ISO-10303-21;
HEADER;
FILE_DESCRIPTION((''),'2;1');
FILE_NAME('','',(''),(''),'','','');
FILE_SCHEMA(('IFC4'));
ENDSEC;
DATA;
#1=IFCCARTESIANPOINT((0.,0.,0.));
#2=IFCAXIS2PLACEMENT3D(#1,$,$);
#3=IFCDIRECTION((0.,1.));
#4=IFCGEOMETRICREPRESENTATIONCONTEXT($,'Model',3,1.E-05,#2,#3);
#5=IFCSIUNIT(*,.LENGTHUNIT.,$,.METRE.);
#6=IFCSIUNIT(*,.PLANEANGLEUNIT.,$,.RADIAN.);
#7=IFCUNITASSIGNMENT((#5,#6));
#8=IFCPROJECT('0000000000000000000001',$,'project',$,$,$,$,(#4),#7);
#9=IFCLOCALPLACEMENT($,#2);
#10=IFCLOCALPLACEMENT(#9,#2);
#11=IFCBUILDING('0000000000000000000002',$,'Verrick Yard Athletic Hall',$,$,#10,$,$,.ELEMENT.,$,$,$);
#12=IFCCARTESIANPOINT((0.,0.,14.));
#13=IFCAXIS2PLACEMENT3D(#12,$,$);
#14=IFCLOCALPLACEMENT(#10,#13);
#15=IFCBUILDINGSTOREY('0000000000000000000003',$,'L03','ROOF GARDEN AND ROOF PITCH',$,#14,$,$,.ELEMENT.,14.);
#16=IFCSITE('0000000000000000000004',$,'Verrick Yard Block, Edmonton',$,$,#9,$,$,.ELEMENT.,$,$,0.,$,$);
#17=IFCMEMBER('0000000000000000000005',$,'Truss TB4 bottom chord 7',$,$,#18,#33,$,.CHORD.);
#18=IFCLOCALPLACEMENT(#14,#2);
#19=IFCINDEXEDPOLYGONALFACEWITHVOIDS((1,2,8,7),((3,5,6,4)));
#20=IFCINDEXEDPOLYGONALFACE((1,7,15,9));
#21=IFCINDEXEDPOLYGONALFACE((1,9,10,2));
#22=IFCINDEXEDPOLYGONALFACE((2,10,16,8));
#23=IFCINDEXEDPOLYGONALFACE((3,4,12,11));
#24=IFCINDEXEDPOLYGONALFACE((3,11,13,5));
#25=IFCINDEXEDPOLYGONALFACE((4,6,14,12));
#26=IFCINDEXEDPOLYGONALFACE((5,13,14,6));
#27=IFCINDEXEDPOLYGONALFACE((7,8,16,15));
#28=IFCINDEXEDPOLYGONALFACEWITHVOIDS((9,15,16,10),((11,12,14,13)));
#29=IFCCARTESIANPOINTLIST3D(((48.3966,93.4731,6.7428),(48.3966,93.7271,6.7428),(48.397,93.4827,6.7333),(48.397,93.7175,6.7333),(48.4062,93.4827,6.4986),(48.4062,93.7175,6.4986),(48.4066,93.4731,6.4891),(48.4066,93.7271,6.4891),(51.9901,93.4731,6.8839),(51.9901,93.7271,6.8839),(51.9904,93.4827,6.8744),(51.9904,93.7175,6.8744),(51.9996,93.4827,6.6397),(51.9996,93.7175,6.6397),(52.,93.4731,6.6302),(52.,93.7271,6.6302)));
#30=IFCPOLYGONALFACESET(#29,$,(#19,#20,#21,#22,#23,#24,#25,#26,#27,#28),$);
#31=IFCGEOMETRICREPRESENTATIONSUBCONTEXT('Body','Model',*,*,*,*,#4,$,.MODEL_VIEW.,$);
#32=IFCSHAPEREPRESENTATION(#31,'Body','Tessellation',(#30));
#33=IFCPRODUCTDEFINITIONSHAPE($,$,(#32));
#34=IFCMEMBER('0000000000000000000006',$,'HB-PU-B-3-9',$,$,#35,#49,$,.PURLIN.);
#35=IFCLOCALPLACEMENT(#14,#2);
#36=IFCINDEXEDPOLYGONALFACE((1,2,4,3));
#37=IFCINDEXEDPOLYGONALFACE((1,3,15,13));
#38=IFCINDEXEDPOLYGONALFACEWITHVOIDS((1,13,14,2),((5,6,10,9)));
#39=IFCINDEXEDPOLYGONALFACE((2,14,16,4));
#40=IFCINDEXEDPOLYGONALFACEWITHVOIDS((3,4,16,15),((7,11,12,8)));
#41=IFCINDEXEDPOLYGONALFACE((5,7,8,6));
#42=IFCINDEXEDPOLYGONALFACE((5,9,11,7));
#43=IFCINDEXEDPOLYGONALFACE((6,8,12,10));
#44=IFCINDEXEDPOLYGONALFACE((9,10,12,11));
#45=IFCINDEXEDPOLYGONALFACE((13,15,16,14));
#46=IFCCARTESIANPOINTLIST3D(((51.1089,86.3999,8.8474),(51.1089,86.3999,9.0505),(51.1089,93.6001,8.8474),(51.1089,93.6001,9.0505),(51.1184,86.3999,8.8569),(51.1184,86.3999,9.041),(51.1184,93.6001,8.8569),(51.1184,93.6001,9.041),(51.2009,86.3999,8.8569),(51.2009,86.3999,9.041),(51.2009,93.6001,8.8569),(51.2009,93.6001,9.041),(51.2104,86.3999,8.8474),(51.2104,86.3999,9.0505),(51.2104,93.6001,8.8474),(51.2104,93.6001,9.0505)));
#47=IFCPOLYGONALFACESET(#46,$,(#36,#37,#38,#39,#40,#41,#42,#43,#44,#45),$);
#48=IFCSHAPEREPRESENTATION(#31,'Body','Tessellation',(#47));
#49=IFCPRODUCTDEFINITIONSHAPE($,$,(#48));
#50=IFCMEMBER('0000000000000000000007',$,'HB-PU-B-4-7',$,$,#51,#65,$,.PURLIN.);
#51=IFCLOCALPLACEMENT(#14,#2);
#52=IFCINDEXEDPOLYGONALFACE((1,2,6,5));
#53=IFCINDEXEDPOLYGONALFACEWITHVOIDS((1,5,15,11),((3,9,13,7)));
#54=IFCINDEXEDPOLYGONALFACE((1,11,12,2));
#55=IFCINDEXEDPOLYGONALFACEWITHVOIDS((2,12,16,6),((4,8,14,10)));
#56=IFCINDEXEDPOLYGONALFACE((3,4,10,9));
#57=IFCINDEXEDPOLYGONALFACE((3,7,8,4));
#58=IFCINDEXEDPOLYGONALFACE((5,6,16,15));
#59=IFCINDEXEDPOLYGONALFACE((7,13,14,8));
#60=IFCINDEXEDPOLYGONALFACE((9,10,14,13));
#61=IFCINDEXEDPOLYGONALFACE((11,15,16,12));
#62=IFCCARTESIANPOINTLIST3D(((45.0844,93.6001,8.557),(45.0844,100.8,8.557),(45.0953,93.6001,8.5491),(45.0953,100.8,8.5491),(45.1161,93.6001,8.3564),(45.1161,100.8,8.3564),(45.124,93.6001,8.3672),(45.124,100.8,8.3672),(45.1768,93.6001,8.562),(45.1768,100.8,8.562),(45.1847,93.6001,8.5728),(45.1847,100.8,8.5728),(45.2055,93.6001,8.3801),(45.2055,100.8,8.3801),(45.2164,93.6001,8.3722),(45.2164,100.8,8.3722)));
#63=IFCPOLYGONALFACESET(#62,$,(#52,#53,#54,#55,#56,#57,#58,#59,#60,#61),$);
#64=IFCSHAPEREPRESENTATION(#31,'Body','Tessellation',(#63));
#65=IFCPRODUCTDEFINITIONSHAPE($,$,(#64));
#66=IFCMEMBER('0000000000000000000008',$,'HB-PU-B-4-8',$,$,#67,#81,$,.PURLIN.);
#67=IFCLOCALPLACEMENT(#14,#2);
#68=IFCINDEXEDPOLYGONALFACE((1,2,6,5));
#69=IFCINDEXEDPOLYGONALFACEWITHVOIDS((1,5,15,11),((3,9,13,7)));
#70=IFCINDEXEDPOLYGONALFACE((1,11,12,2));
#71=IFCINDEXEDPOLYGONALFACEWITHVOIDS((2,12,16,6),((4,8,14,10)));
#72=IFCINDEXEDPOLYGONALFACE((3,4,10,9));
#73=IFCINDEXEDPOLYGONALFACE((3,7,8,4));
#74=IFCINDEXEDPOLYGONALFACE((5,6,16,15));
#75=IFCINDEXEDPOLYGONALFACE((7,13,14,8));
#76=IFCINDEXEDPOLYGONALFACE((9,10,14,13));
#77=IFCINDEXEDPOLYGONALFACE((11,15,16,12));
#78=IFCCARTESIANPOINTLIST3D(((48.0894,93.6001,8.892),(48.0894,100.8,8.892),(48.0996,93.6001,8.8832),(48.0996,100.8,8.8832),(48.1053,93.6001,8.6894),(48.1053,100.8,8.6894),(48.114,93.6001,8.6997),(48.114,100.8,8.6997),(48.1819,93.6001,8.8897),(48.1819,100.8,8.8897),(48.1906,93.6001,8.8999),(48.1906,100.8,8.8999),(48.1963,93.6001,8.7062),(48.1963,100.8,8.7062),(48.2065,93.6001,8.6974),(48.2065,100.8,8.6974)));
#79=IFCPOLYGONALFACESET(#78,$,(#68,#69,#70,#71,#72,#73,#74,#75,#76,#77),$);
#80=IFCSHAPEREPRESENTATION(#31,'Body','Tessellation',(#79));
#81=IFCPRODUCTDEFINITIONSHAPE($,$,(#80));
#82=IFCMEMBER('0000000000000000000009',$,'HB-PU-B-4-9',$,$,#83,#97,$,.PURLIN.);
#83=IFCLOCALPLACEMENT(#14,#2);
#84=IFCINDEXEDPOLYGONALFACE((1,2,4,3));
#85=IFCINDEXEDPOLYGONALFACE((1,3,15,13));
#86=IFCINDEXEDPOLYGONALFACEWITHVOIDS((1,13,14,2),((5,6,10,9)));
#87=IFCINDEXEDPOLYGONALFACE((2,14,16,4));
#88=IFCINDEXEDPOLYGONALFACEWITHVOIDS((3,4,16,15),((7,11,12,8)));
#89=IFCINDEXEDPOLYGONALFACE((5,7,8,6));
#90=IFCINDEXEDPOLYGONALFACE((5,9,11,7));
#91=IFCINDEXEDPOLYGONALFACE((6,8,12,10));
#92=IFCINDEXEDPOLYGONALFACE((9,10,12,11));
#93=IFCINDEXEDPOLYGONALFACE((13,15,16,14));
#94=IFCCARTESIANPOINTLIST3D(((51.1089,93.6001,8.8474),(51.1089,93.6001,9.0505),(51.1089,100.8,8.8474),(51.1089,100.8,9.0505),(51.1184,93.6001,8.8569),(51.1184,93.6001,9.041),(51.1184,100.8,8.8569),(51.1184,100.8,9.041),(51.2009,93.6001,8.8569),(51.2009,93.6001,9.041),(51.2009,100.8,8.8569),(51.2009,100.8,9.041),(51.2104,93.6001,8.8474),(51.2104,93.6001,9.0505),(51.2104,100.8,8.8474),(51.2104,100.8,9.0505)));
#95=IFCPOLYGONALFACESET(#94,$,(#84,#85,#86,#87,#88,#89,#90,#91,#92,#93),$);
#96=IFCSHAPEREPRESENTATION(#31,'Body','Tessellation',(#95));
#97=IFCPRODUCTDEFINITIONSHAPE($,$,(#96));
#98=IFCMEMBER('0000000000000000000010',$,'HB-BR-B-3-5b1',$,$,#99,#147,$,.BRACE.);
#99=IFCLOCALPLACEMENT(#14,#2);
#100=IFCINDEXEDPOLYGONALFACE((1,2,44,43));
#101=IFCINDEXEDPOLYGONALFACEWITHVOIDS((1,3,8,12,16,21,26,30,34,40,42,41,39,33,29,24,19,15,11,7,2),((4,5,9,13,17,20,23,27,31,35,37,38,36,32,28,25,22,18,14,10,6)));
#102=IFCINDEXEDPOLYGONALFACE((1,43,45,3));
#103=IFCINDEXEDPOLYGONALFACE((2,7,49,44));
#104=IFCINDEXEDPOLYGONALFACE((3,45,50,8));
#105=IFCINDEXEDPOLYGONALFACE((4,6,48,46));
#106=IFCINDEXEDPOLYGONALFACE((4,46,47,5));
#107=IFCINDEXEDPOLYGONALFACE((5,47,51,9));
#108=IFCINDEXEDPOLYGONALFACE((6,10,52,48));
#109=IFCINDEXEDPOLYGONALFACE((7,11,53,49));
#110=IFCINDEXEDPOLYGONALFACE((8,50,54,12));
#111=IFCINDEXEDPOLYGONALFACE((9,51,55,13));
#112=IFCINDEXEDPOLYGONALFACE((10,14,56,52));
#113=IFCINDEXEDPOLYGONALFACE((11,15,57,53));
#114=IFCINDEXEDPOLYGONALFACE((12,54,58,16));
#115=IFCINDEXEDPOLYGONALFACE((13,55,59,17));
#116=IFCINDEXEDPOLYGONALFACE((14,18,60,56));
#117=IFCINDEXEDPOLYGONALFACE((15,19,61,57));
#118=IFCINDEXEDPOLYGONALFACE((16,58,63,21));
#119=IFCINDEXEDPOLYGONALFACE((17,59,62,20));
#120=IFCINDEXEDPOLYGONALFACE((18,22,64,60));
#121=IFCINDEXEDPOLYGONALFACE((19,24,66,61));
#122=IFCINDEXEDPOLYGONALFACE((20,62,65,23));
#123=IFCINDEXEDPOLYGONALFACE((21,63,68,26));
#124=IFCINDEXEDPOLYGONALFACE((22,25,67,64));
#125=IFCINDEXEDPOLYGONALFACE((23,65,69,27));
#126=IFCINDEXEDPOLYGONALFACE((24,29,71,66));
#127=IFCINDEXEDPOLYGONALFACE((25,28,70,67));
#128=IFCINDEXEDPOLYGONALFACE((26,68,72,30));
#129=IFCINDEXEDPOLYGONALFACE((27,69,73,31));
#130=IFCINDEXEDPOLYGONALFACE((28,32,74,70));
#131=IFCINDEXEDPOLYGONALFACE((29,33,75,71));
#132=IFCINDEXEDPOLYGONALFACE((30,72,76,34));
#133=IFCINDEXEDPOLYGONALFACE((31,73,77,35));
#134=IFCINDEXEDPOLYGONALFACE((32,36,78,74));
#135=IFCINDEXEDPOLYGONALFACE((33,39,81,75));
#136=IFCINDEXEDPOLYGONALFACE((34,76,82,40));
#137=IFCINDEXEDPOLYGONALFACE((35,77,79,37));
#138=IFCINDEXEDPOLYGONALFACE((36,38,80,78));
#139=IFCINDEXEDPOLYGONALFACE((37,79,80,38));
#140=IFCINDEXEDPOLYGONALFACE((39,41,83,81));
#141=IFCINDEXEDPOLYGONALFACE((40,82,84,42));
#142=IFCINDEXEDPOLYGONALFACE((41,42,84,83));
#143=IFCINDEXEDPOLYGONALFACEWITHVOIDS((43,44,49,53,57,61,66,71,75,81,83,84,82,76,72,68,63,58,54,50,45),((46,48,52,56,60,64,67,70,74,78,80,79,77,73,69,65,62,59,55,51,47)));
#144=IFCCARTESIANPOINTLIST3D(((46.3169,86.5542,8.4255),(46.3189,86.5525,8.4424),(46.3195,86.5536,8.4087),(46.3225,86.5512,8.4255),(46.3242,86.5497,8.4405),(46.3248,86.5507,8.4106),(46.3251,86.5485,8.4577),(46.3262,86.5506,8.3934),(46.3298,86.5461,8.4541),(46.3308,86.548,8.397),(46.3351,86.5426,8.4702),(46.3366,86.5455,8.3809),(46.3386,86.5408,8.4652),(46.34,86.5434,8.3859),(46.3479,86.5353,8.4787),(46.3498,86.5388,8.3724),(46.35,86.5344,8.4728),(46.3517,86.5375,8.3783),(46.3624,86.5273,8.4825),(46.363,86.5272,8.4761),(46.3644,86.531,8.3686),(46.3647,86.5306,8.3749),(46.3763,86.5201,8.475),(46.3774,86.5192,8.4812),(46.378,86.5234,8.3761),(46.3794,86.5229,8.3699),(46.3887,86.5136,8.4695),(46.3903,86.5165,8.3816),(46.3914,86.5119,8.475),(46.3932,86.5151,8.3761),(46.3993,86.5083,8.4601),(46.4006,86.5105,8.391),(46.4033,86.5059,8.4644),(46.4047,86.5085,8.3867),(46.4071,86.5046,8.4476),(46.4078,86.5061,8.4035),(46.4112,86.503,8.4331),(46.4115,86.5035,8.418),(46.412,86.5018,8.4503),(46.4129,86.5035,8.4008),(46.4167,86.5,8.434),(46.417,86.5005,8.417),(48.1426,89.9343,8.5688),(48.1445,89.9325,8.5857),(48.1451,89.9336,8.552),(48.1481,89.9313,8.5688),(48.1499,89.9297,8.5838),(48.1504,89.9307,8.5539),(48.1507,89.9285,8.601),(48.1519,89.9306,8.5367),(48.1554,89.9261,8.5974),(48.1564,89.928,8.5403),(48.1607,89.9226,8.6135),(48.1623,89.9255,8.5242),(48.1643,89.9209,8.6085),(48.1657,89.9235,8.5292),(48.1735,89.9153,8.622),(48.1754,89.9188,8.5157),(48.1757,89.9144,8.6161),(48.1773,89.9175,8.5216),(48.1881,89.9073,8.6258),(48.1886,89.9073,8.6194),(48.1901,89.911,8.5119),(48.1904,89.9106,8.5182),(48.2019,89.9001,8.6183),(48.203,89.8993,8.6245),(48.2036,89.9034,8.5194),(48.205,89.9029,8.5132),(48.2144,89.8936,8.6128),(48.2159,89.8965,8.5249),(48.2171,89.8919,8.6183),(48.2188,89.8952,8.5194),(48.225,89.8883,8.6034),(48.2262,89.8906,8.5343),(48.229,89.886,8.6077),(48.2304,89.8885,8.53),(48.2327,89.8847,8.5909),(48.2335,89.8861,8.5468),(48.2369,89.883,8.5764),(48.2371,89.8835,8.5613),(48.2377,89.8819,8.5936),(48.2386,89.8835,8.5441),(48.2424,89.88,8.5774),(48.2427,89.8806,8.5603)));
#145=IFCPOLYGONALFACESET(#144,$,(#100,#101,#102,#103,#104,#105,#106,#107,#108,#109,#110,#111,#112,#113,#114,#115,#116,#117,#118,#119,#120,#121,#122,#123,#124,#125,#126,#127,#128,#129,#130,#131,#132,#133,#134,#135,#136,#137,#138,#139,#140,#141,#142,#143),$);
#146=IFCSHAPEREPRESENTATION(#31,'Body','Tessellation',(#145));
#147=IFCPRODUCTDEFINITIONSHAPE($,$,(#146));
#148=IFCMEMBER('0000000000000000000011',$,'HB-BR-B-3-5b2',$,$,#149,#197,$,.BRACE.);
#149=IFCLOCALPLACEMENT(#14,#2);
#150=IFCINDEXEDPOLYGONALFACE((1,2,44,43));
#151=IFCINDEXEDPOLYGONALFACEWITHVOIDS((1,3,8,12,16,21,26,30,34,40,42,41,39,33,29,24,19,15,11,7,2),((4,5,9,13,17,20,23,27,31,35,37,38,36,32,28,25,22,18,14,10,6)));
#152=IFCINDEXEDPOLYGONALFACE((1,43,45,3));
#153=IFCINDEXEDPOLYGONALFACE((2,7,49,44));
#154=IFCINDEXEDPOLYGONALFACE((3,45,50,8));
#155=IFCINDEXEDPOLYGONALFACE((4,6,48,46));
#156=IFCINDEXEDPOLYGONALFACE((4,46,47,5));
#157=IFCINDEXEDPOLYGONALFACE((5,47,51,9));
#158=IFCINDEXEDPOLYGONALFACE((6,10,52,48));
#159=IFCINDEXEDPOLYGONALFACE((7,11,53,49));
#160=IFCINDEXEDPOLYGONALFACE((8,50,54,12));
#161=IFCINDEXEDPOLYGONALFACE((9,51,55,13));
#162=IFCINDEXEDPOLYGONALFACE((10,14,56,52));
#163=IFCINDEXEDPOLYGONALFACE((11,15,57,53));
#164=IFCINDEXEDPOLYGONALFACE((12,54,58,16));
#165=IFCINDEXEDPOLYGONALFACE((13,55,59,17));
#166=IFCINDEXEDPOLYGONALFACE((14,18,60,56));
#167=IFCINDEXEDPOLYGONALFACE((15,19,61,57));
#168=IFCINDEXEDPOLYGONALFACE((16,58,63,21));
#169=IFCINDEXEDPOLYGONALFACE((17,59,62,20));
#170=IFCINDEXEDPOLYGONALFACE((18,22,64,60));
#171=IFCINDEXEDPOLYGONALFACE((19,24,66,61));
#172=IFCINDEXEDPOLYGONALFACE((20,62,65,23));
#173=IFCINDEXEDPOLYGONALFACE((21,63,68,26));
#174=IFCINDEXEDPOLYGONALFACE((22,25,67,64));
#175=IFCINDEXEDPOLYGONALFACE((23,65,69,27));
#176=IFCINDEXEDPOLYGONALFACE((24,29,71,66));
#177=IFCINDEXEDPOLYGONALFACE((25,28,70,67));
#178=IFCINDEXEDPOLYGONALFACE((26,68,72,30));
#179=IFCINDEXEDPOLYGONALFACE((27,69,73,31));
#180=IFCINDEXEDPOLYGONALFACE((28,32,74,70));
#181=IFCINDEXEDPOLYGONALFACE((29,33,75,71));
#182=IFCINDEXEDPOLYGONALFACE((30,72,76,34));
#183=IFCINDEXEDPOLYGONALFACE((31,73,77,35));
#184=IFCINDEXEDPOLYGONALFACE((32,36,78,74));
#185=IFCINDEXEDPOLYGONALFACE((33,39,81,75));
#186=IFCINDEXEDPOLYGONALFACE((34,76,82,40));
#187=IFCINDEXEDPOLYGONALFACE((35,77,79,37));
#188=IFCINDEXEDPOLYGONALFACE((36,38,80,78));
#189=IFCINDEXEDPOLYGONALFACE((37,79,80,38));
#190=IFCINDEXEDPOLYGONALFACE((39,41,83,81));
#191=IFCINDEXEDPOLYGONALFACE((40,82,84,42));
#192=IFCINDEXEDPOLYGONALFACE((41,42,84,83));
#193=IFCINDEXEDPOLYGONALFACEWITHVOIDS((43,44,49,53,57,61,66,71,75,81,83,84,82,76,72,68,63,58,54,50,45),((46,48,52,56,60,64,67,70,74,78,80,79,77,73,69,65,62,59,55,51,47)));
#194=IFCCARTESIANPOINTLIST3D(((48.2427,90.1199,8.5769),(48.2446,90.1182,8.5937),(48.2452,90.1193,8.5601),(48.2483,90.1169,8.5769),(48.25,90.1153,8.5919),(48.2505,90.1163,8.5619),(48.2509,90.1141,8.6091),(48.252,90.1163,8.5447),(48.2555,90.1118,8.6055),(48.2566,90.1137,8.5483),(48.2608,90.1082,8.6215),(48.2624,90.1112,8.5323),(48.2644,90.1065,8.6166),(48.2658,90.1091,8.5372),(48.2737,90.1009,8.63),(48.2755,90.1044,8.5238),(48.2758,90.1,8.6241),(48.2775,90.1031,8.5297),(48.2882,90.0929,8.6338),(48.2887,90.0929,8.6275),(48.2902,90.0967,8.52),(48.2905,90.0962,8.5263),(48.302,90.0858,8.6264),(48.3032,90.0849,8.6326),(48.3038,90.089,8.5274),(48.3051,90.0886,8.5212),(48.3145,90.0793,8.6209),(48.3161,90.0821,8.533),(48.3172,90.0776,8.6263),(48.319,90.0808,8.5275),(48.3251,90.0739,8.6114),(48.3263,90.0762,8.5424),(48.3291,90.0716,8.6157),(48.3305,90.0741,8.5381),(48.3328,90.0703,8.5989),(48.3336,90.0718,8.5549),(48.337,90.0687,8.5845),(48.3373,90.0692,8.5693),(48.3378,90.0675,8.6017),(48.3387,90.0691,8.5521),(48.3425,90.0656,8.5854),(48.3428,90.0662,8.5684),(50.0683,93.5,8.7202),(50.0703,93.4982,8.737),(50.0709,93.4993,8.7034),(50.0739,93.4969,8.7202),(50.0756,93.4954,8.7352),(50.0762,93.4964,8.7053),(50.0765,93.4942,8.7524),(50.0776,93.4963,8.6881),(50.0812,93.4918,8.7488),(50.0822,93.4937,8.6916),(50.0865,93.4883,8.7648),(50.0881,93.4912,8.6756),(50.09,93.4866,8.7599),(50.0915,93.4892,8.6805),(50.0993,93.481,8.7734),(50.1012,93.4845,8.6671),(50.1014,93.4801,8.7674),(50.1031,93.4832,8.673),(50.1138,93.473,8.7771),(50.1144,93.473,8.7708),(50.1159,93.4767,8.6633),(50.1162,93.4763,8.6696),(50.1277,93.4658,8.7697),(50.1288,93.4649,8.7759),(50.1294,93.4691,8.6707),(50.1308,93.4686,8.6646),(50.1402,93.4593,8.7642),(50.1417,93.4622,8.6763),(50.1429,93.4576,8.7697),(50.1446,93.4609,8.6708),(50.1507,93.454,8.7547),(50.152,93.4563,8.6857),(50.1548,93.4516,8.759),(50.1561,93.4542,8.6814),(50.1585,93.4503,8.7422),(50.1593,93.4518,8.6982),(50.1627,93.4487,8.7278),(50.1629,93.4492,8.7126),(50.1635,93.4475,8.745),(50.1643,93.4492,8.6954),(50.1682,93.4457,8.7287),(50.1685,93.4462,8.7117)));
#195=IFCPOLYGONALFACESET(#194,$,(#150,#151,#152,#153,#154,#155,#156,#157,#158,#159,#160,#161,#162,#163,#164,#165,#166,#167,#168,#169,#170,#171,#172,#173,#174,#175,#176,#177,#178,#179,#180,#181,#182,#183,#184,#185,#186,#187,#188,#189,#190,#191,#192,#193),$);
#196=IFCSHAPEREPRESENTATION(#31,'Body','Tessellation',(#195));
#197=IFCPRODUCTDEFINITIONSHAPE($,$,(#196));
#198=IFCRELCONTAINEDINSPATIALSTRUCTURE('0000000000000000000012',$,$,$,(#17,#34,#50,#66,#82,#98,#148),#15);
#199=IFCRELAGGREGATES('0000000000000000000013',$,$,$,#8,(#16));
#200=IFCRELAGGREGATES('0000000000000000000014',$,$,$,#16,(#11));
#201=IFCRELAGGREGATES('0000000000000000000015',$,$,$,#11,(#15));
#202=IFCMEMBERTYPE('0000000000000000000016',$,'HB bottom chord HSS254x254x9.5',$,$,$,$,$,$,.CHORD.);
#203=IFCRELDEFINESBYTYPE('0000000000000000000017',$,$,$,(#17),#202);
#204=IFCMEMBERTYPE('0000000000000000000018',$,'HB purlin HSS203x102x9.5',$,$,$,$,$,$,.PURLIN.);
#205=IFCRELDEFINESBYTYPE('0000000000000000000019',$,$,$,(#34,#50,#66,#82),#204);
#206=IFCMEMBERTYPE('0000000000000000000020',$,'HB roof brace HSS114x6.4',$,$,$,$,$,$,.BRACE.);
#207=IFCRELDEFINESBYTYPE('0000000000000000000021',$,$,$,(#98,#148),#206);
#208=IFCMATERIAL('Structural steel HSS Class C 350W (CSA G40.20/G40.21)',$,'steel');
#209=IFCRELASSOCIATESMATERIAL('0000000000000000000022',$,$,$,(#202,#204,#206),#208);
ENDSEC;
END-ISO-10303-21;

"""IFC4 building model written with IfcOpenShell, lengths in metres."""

from ifc_helpers import new_model, si_unit, direction, frame, origin, origin_2d, place, context, subcontext, project, spatial, hollow_rectangle, hollow_circle, extrude, material, material_profile, profile_set, type_object, element, save


model = new_model("IFC4")

# Units and contexts
model_context = context("Model", 3, precision=1e-05, world=origin(), true_north=direction((0.0, 1.0)))
body_context = subcontext(model_context, "Body", "Model", "MODEL_VIEW")
ifc_project = project(units=[si_unit("LENGTHUNIT", "METRE"), si_unit("PLANEANGLEUNIT", "RADIAN")], contexts=[model_context])

# Site, building, storey
site_placement = place(None, origin())
site = spatial("IfcSite", under=ifc_project, at=site_placement, Name="Verrick Yard Block, Edmonton", CompositionType="ELEMENT", RefElevation=0.0)
building_placement = place(site_placement, origin())
building = spatial("IfcBuilding", under=site, at=building_placement, Name="Verrick Yard Athletic Hall", CompositionType="ELEMENT")
storey_placement = place(building_placement, frame((0.0, 0.0, 14.0)))
storey = spatial("IfcBuildingStorey", under=building, at=storey_placement, Name="L03", Description="ROOF GARDEN AND ROOF PITCH", CompositionType="ELEMENT", Elevation=14.0)

# Members
ifc_material_1 = material(Name="Structural steel HSS Class C 350W (CSA G40.20/G40.21)", Category="steel")
ifc_material_profile_1 = material_profile(ifc_material_1, hollow_rectangle(XDim=0.2539, YDim=0.2539, WallThickness=0.0095, at=origin_2d()), Name="HSS254x254x9.5")
ifc_profile_set_1 = profile_set([ifc_material_profile_1], Name="Structural steel HSS Class C 350W (CSA G40.20/G40.21)")
member_type_1 = type_object("IfcMemberType", Name="HB bottom chord HSS254x254x9.5", PredefinedType="CHORD", material=ifc_profile_set_1)
member_1_placement = place(storey_placement, frame((48.4016, 93.6001, 6.616), z_axis=(0.99923, 0.0, 0.039239), x_axis=(0.0, 1.0, 0.0)))
element("IfcMember", 1, at=member_1_placement, inside=storey, type_object=member_type_1, Name="Truss TB4 bottom chord 7", PredefinedType="CHORD", context=body_context, shape_type="SweptSolid", body=[
    extrude(hollow_rectangle(XDim=0.2539, YDim=0.2539, WallThickness=0.0095, at=origin_2d()), origin(), (0.0, 0.0, 1.0), 3.5962),
])
ifc_material_profile_2 = material_profile(ifc_material_1, hollow_rectangle(XDim=0.1016, YDim=0.2031, WallThickness=0.0095, at=origin_2d()), Name="HSS203x102x9.5")
ifc_profile_set_2 = profile_set([ifc_material_profile_2], Name="Structural steel HSS Class C 350W (CSA G40.20/G40.21)")
member_type_2 = type_object("IfcMemberType", Name="HB purlin HSS203x102x9.5", PredefinedType="PURLIN", material=ifc_profile_set_2)
member_2_placement = place(storey_placement, frame((51.1597, 86.3999, 8.949), z_axis=(0.0, 1.0, 0.0), x_axis=(-1.0, 0.0, 0.0)))
element("IfcMember", 2, at=member_2_placement, inside=storey, type_object=member_type_2, Name="HB-PU-B-3-9", PredefinedType="PURLIN", context=body_context, shape_type="SweptSolid", body=[
    extrude(hollow_rectangle(XDim=0.1016, YDim=0.2031, WallThickness=0.0095, at=origin_2d()), origin(), (0.0, 0.0, 1.0), 7.2002),
])
for number, where, z_axis, x_axis, name in (
    (3, (45.1504, 93.6001, 8.4646), (0.0, 1.0, 0.0), (-0.987728, 0.0, -0.156183), "HB-PU-B-4-7"),
    (4, (48.1479, 93.6001, 8.7947), (0.0, 1.0, 0.0), (-0.996927, 0.0, -0.078332), "HB-PU-B-4-8"),
    (5, (51.1597, 93.6001, 8.949), (0.0, 1.0, 0.0), (-1.0, 0.0, 0.0), "HB-PU-B-4-9"),
):
    element("IfcMember", number, at=place(storey_placement, frame(where, z_axis=z_axis, x_axis=x_axis)), inside=storey, type_object=member_type_2, Name=name, PredefinedType="PURLIN", context=body_context, shape_type="SweptSolid", body=[
        extrude(hollow_rectangle(XDim=0.1016, YDim=0.2031, WallThickness=0.0095, at=origin_2d()), origin(), (0.0, 0.0, 1.0), 7.2),
    ])
ifc_material_profile_3 = material_profile(ifc_material_1, hollow_circle(Radius=0.0571, WallThickness=0.0063, at=origin_2d()), Name="HSS114x6.4")
ifc_profile_set_3 = profile_set([ifc_material_profile_3], Name="Structural steel HSS Class C 350W (CSA G40.20/G40.21)")
member_type_3 = type_object("IfcMemberType", Name="HB roof brace HSS114x6.4", PredefinedType="BRACE", material=ifc_profile_set_3)
for number, where, z_axis, x_axis, name in (
    (6, (46.3672, 86.5271, 8.4255), (0.474902, 0.879249, 0.037278), (-0.87986, 0.475233, 0.0), "HB-BR-B-3-5b1"),
    (7, (48.293, 90.0928, 8.5769), (0.474902, 0.879249, 0.037278), (-0.87986, 0.475233, 0.0), "HB-BR-B-3-5b2"),
):
    element("IfcMember", number, at=place(storey_placement, frame(where, z_axis=z_axis, x_axis=x_axis)), inside=storey, type_object=member_type_3, Name=name, PredefinedType="BRACE", context=body_context, shape_type="SweptSolid", body=[
        extrude(hollow_circle(Radius=0.0571, WallThickness=0.0063, at=origin_2d()), origin(), (0.0, 0.0, 1.0), 3.8442),
    ])

save(model, "model.ifc")
